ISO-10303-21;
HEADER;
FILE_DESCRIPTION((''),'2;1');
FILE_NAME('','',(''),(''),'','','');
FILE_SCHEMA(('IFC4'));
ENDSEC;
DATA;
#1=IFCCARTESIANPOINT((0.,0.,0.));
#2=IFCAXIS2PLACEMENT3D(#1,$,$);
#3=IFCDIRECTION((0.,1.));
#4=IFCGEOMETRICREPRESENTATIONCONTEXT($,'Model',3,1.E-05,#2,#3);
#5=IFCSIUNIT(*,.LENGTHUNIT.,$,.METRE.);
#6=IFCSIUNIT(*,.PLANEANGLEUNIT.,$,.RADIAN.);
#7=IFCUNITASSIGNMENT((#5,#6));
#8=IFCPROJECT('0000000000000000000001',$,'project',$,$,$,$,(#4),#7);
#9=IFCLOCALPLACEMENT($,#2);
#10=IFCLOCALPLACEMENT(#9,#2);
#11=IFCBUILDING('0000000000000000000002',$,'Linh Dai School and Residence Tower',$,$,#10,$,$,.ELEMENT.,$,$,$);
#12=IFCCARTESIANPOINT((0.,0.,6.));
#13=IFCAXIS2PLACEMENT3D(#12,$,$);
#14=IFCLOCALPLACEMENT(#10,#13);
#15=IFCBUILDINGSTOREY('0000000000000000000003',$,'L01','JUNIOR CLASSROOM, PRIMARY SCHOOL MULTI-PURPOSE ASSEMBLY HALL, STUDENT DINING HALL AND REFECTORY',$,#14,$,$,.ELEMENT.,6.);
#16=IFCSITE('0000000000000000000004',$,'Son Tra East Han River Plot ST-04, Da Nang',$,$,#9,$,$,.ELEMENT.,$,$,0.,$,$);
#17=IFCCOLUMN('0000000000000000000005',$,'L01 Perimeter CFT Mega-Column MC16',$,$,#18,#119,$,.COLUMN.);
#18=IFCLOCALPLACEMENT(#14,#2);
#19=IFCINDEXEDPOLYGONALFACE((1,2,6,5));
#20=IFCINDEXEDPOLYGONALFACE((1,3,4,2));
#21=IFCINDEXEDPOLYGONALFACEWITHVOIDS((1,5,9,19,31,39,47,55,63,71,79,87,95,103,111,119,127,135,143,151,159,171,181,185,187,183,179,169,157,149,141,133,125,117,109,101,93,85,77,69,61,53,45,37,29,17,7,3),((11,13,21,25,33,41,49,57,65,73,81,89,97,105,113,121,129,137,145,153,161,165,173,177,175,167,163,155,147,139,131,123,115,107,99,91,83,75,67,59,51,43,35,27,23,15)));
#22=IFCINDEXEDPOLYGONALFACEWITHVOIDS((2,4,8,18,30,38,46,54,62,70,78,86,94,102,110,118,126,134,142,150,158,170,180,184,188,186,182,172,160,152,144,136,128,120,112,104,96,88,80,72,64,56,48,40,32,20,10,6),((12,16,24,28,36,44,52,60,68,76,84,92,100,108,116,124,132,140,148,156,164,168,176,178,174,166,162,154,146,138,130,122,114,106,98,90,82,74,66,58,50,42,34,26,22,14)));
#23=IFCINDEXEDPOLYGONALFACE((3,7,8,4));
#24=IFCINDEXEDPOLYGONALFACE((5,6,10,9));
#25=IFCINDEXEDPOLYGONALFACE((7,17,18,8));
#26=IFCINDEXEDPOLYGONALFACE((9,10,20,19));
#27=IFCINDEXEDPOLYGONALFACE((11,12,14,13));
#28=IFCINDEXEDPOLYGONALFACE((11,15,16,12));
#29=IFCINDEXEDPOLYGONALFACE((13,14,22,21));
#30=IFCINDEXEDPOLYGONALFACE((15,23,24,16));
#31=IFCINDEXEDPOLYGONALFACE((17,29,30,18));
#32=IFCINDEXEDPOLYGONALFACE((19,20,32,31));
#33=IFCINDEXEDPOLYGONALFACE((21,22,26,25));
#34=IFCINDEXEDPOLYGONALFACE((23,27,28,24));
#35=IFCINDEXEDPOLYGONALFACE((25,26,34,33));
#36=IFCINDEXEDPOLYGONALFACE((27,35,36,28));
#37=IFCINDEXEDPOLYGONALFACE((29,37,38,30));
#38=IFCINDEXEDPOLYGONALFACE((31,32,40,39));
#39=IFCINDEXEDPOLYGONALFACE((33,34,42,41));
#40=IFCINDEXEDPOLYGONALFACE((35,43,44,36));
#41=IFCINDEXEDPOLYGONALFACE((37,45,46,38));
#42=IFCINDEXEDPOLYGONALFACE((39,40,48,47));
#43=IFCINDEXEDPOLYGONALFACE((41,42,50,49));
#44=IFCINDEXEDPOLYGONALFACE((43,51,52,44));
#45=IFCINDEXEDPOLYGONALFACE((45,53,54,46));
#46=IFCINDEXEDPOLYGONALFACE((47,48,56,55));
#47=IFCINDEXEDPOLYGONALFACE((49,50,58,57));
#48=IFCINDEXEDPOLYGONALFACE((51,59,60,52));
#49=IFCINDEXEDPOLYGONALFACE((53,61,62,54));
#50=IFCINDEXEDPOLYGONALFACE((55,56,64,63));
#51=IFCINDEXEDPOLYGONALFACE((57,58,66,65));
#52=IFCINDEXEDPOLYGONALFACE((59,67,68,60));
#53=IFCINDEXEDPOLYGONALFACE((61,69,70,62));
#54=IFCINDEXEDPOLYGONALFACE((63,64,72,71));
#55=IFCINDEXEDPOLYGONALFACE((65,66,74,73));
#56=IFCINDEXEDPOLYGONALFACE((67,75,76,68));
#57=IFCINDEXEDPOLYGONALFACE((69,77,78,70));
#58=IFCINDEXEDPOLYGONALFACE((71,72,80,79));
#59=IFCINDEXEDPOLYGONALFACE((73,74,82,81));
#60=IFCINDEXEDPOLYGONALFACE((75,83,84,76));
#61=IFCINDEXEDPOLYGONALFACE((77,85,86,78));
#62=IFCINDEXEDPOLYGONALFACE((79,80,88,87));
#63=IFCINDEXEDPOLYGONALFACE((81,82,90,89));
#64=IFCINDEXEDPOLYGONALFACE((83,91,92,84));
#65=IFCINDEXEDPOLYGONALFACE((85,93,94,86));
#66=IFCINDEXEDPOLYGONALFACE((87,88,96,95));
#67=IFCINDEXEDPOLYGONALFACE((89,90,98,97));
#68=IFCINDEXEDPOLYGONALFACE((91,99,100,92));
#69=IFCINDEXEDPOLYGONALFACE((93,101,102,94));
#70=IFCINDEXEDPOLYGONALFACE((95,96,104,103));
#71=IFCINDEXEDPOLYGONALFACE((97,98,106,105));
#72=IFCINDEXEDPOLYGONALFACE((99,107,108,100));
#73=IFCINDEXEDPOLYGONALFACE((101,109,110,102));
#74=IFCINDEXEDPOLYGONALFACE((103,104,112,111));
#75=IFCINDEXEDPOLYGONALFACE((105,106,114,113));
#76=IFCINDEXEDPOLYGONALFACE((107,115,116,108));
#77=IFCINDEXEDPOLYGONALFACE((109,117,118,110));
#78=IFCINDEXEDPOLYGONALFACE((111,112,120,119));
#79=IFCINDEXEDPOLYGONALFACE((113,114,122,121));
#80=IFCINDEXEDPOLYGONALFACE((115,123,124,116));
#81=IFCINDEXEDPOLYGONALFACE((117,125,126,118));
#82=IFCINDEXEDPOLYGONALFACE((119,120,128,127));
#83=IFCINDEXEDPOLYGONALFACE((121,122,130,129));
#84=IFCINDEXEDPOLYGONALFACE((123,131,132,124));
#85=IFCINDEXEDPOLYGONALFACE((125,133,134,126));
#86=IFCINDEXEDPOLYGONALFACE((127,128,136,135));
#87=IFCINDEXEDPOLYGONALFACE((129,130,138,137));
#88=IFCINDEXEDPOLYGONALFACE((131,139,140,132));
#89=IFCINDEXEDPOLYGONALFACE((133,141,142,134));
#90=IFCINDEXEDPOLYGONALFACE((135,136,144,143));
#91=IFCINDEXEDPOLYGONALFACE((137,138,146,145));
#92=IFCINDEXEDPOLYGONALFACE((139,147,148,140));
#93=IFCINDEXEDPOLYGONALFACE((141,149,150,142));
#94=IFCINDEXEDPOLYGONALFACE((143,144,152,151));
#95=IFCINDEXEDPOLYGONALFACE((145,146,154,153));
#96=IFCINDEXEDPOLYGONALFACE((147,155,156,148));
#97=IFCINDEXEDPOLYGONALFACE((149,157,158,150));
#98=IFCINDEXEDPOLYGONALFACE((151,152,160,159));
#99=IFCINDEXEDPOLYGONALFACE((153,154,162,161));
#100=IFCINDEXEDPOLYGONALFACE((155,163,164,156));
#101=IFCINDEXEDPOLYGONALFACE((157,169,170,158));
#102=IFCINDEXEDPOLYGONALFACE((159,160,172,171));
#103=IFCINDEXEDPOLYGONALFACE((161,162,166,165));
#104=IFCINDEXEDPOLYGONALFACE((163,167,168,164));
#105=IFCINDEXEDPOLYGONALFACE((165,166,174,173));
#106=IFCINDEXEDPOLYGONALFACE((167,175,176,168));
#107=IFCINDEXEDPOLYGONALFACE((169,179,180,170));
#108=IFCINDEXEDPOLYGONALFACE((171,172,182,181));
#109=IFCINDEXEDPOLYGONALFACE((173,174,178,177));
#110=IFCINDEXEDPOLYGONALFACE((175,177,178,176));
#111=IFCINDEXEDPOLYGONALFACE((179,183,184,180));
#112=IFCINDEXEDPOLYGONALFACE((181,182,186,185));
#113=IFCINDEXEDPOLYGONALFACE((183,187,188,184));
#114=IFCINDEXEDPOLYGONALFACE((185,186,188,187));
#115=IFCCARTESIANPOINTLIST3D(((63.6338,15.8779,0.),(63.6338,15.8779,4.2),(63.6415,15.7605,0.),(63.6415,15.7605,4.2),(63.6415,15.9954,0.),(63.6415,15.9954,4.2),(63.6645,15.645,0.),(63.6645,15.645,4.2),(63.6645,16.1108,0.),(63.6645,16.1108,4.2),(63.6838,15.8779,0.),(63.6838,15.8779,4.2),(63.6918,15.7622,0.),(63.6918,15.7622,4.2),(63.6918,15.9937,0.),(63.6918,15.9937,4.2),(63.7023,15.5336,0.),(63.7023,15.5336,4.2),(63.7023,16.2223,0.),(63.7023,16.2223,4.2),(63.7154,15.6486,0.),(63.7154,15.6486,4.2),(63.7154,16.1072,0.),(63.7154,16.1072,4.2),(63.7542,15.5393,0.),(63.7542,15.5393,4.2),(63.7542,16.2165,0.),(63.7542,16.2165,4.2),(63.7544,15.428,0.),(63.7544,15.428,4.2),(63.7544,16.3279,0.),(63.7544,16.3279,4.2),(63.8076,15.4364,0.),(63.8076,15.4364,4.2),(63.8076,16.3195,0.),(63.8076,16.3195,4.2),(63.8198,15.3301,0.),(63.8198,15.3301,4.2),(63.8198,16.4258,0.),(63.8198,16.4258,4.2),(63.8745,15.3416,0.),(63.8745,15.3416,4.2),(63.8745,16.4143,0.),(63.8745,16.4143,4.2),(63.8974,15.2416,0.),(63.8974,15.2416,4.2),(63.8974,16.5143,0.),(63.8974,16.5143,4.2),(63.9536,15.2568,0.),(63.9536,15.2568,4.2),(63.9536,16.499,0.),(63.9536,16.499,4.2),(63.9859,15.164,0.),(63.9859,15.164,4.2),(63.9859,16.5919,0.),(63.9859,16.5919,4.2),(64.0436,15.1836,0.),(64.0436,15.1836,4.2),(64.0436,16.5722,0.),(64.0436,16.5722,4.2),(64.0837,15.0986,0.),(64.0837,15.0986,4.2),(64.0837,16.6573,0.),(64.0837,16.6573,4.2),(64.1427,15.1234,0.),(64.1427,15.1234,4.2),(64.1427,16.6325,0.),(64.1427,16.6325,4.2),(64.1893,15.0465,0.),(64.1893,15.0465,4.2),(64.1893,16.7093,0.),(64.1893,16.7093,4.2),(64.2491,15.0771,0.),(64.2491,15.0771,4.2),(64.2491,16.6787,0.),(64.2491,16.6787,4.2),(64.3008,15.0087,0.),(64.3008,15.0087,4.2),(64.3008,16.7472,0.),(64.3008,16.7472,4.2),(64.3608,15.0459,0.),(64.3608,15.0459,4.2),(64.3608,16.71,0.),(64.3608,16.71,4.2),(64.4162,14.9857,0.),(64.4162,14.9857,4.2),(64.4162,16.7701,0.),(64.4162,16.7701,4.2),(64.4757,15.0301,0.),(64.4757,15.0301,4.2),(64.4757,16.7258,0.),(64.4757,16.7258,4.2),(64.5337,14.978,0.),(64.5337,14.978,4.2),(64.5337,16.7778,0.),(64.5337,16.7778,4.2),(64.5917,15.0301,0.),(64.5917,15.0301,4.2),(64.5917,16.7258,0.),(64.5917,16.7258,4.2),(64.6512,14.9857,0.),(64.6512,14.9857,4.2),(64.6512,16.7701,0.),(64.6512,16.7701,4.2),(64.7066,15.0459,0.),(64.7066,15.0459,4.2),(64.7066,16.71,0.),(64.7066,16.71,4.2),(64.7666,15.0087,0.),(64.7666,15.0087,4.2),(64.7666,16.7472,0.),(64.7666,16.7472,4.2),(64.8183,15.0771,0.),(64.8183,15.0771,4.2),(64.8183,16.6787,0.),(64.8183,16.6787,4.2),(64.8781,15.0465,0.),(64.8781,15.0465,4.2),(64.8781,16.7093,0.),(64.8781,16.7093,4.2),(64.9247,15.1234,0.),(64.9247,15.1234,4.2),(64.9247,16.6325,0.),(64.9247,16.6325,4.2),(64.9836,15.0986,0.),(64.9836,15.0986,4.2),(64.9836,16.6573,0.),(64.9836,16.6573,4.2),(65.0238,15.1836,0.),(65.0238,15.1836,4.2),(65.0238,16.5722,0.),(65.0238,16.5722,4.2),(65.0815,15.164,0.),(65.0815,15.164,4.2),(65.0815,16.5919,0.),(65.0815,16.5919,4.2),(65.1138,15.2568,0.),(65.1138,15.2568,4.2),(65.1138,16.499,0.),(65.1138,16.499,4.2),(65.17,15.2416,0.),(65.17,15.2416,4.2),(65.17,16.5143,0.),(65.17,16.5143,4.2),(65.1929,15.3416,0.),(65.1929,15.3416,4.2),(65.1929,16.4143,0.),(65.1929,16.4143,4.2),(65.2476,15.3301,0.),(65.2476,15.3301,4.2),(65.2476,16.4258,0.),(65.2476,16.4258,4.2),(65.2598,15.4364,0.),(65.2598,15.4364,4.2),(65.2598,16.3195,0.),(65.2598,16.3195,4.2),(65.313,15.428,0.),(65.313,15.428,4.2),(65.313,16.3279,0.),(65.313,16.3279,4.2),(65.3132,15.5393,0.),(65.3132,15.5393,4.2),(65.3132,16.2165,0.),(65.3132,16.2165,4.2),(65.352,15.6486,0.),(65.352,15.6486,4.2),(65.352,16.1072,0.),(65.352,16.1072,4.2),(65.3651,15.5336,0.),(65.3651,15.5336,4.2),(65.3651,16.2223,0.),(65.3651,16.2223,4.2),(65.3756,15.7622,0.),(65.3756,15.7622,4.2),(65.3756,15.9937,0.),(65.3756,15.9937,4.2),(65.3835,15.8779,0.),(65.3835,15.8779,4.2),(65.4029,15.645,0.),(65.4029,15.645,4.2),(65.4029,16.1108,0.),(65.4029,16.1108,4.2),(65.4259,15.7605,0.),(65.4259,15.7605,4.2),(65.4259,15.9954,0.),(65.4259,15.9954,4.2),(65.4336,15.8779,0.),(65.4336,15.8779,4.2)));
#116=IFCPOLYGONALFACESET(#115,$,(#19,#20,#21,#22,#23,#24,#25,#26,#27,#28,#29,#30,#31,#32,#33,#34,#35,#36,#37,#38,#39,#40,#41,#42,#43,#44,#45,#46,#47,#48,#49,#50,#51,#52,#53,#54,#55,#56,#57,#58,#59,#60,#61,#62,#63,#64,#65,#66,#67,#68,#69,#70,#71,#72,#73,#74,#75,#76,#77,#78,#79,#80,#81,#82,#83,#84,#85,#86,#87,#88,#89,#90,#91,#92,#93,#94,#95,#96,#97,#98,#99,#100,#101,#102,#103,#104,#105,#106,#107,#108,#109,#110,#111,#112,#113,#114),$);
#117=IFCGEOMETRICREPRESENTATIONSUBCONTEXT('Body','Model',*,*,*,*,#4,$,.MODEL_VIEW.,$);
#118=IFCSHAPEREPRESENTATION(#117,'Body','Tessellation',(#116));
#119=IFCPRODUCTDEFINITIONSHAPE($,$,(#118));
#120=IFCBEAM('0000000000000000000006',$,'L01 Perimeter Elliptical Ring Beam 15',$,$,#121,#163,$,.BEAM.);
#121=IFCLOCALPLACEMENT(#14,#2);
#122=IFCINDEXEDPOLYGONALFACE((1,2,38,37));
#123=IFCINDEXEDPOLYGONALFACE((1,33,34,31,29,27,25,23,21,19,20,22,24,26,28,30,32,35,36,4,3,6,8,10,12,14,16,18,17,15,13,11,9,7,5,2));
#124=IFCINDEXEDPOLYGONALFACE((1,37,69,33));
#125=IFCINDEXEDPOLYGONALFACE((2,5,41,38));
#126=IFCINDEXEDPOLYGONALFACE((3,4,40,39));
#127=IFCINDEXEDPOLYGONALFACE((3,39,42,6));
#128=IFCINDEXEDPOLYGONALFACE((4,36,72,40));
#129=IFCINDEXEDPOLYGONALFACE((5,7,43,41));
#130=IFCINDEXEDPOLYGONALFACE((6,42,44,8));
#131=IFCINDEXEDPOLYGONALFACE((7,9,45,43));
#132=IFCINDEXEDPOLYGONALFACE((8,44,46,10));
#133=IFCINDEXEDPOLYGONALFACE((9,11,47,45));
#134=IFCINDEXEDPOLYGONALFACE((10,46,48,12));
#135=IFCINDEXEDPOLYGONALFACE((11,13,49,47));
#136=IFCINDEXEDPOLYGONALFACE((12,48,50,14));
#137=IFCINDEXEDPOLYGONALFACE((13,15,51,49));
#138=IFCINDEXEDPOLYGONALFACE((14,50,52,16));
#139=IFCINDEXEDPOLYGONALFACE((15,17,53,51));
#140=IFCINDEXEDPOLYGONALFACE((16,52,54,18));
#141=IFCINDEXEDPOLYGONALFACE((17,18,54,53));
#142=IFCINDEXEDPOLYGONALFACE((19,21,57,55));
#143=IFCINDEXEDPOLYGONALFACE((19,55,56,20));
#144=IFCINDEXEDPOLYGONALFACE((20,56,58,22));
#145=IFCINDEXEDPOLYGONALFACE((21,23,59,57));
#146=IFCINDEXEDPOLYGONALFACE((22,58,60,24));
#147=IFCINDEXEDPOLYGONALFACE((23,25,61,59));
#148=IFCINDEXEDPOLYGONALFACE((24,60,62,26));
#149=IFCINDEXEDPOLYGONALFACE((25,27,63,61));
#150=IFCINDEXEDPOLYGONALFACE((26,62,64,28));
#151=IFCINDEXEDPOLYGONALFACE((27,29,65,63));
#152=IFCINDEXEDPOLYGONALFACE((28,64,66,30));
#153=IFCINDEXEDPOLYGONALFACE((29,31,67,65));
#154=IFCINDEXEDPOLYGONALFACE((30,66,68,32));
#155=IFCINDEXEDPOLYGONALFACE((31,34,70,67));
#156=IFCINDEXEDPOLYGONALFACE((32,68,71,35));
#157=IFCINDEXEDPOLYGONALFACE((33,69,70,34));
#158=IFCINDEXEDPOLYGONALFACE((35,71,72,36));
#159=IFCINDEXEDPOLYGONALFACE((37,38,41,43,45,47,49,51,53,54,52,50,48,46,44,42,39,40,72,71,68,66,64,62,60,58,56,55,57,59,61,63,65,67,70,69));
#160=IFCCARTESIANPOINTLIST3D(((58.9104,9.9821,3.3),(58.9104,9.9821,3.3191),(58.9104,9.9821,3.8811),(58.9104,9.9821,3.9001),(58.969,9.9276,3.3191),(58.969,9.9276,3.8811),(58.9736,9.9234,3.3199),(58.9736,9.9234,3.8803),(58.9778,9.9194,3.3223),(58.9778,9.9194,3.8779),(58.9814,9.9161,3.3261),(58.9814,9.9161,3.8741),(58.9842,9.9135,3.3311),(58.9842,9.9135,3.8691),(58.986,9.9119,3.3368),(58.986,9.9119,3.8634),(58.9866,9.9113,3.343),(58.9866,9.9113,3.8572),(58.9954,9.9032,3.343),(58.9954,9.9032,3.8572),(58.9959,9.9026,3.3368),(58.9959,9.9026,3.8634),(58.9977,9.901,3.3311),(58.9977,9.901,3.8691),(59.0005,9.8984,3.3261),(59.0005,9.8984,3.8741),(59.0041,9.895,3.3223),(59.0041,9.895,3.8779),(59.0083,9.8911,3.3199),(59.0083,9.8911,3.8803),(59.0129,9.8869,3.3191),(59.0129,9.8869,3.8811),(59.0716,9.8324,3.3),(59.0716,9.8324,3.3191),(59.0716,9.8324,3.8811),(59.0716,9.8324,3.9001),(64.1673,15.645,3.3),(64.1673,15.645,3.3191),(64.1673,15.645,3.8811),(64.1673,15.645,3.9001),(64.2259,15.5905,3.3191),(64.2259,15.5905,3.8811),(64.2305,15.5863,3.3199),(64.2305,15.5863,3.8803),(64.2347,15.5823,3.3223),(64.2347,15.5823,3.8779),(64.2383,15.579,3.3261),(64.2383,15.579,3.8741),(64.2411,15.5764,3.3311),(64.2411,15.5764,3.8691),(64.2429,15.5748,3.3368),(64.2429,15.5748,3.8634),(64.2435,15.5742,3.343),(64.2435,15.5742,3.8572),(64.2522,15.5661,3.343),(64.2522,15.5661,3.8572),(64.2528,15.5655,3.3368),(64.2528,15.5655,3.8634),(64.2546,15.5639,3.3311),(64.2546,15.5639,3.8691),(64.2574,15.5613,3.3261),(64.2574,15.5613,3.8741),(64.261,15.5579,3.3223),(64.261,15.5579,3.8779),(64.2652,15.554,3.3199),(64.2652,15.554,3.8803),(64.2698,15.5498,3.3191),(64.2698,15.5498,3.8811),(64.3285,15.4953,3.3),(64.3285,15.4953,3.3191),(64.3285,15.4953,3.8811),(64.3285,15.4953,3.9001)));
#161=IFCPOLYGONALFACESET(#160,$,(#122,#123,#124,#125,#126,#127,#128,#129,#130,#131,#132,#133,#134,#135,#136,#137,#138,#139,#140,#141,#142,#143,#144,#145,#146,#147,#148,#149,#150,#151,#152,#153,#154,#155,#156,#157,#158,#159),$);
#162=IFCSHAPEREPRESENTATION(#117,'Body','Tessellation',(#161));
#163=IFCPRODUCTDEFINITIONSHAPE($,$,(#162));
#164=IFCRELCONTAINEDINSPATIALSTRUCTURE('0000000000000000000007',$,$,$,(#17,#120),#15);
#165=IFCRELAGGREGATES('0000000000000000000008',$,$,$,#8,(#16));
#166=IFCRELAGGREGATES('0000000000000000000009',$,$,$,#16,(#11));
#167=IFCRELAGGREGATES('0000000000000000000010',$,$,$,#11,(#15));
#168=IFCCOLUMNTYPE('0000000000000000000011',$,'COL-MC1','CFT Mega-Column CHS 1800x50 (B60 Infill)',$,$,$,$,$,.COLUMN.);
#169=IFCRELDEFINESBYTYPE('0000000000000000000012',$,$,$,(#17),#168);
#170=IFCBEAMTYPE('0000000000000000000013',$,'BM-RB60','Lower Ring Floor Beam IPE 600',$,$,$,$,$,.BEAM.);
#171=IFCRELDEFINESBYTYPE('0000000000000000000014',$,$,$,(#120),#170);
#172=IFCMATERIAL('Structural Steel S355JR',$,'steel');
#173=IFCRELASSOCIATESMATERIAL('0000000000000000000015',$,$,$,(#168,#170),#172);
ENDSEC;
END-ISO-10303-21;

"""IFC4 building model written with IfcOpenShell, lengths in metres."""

from ifc_helpers import new_model, si_unit, direction, frame, origin, origin_2d, place, context, subcontext, project, spatial, hollow_circle, i_section, extrude, material, material_profile, profile_set, type_object, element, save


model = new_model("IFC4")

# Units and contexts
model_context = context("Model", 3, precision=1e-05, world=origin(), true_north=direction((0.0, 1.0)))
body_context = subcontext(model_context, "Body", "Model", "MODEL_VIEW")
ifc_project = project(units=[si_unit("LENGTHUNIT", "METRE"), si_unit("PLANEANGLEUNIT", "RADIAN")], contexts=[model_context])

# Site, building, storey
site_placement = place(None, origin())
site = spatial("IfcSite", under=ifc_project, at=site_placement, Name="Son Tra East Han River Plot ST-04, Da Nang", CompositionType="ELEMENT", RefElevation=0.0)
building_placement = place(site_placement, origin())
building = spatial("IfcBuilding", under=site, at=building_placement, Name="Linh Dai School and Residence Tower", CompositionType="ELEMENT")
storey_placement = place(building_placement, frame((0.0, 0.0, 6.0)))
storey = spatial("IfcBuildingStorey", under=building, at=storey_placement, Name="L01", Description="JUNIOR CLASSROOM, PRIMARY SCHOOL MULTI-PURPOSE ASSEMBLY HALL, STUDENT DINING HALL AND REFECTORY", CompositionType="ELEMENT", Elevation=6.0)

# Column
ifc_material_1 = material(Name="Structural Steel S355JR", Category="steel")
ifc_material_profile_1 = material_profile(ifc_material_1, hollow_circle(Radius=0.8999, WallThickness=0.05, at=origin_2d()), Name="CHS 1800x50")
ifc_profile_set_1 = profile_set([ifc_material_profile_1], Name="Structural Steel S355JR")
column_type_1 = type_object("IfcColumnType", Name="COL-MC1", Description="CFT Mega-Column CHS 1800x50 (B60 Infill)", PredefinedType="COLUMN", material=ifc_profile_set_1)
for number, where, z_axis, x_axis, name in (
    (1, (64.5337, 15.8779, 0.0), (0.0, 0.0, 1.0), (1.0, 0.0, 0.0), "L01 Perimeter CFT Mega-Column MC16"),
):
    element("IfcColumn", number, at=place(storey_placement, frame(where, z_axis=z_axis, x_axis=x_axis)), inside=storey, type_object=column_type_1, Name=name, PredefinedType="COLUMN", context=body_context, shape_type="SweptSolid", body=[
        extrude(hollow_circle(Radius=0.8999, WallThickness=0.05, at=origin_2d()), origin(), (0.0, 0.0, 1.0), 4.2),
    ])

# Beam
ifc_material_profile_2 = material_profile(ifc_material_1, i_section(OverallWidth=0.22, OverallDepth=0.6001, WebThickness=0.012, FlangeThickness=0.019, FilletRadius=0.0239, at=origin_2d()), Name="IPE 600")
ifc_profile_set_2 = profile_set([ifc_material_profile_2], Name="Structural Steel S355JR")
beam_type = type_object("IfcBeamType", Name="BM-RB60", Description="Lower Ring Floor Beam IPE 600", PredefinedType="BEAM", material=ifc_profile_set_2)
beam_1_placement = place(storey_placement, frame((58.991, 9.9072, 3.6001), z_axis=(0.680346, 0.732891, 0.0), x_axis=(-0.732891, 0.680346, 0.0)))
element("IfcBeam", 2, at=beam_1_placement, inside=storey, type_object=beam_type, Name="L01 Perimeter Elliptical Ring Beam 15", PredefinedType="BEAM", context=body_context, shape_type="SweptSolid", body=[
    extrude(i_section(OverallWidth=0.22, OverallDepth=0.6001, WebThickness=0.012, FlangeThickness=0.019, FilletRadius=0.0239, at=origin_2d()), origin(), (0.0, 0.0, 1.0), 7.7268),
])

save(model, "model.ifc")
